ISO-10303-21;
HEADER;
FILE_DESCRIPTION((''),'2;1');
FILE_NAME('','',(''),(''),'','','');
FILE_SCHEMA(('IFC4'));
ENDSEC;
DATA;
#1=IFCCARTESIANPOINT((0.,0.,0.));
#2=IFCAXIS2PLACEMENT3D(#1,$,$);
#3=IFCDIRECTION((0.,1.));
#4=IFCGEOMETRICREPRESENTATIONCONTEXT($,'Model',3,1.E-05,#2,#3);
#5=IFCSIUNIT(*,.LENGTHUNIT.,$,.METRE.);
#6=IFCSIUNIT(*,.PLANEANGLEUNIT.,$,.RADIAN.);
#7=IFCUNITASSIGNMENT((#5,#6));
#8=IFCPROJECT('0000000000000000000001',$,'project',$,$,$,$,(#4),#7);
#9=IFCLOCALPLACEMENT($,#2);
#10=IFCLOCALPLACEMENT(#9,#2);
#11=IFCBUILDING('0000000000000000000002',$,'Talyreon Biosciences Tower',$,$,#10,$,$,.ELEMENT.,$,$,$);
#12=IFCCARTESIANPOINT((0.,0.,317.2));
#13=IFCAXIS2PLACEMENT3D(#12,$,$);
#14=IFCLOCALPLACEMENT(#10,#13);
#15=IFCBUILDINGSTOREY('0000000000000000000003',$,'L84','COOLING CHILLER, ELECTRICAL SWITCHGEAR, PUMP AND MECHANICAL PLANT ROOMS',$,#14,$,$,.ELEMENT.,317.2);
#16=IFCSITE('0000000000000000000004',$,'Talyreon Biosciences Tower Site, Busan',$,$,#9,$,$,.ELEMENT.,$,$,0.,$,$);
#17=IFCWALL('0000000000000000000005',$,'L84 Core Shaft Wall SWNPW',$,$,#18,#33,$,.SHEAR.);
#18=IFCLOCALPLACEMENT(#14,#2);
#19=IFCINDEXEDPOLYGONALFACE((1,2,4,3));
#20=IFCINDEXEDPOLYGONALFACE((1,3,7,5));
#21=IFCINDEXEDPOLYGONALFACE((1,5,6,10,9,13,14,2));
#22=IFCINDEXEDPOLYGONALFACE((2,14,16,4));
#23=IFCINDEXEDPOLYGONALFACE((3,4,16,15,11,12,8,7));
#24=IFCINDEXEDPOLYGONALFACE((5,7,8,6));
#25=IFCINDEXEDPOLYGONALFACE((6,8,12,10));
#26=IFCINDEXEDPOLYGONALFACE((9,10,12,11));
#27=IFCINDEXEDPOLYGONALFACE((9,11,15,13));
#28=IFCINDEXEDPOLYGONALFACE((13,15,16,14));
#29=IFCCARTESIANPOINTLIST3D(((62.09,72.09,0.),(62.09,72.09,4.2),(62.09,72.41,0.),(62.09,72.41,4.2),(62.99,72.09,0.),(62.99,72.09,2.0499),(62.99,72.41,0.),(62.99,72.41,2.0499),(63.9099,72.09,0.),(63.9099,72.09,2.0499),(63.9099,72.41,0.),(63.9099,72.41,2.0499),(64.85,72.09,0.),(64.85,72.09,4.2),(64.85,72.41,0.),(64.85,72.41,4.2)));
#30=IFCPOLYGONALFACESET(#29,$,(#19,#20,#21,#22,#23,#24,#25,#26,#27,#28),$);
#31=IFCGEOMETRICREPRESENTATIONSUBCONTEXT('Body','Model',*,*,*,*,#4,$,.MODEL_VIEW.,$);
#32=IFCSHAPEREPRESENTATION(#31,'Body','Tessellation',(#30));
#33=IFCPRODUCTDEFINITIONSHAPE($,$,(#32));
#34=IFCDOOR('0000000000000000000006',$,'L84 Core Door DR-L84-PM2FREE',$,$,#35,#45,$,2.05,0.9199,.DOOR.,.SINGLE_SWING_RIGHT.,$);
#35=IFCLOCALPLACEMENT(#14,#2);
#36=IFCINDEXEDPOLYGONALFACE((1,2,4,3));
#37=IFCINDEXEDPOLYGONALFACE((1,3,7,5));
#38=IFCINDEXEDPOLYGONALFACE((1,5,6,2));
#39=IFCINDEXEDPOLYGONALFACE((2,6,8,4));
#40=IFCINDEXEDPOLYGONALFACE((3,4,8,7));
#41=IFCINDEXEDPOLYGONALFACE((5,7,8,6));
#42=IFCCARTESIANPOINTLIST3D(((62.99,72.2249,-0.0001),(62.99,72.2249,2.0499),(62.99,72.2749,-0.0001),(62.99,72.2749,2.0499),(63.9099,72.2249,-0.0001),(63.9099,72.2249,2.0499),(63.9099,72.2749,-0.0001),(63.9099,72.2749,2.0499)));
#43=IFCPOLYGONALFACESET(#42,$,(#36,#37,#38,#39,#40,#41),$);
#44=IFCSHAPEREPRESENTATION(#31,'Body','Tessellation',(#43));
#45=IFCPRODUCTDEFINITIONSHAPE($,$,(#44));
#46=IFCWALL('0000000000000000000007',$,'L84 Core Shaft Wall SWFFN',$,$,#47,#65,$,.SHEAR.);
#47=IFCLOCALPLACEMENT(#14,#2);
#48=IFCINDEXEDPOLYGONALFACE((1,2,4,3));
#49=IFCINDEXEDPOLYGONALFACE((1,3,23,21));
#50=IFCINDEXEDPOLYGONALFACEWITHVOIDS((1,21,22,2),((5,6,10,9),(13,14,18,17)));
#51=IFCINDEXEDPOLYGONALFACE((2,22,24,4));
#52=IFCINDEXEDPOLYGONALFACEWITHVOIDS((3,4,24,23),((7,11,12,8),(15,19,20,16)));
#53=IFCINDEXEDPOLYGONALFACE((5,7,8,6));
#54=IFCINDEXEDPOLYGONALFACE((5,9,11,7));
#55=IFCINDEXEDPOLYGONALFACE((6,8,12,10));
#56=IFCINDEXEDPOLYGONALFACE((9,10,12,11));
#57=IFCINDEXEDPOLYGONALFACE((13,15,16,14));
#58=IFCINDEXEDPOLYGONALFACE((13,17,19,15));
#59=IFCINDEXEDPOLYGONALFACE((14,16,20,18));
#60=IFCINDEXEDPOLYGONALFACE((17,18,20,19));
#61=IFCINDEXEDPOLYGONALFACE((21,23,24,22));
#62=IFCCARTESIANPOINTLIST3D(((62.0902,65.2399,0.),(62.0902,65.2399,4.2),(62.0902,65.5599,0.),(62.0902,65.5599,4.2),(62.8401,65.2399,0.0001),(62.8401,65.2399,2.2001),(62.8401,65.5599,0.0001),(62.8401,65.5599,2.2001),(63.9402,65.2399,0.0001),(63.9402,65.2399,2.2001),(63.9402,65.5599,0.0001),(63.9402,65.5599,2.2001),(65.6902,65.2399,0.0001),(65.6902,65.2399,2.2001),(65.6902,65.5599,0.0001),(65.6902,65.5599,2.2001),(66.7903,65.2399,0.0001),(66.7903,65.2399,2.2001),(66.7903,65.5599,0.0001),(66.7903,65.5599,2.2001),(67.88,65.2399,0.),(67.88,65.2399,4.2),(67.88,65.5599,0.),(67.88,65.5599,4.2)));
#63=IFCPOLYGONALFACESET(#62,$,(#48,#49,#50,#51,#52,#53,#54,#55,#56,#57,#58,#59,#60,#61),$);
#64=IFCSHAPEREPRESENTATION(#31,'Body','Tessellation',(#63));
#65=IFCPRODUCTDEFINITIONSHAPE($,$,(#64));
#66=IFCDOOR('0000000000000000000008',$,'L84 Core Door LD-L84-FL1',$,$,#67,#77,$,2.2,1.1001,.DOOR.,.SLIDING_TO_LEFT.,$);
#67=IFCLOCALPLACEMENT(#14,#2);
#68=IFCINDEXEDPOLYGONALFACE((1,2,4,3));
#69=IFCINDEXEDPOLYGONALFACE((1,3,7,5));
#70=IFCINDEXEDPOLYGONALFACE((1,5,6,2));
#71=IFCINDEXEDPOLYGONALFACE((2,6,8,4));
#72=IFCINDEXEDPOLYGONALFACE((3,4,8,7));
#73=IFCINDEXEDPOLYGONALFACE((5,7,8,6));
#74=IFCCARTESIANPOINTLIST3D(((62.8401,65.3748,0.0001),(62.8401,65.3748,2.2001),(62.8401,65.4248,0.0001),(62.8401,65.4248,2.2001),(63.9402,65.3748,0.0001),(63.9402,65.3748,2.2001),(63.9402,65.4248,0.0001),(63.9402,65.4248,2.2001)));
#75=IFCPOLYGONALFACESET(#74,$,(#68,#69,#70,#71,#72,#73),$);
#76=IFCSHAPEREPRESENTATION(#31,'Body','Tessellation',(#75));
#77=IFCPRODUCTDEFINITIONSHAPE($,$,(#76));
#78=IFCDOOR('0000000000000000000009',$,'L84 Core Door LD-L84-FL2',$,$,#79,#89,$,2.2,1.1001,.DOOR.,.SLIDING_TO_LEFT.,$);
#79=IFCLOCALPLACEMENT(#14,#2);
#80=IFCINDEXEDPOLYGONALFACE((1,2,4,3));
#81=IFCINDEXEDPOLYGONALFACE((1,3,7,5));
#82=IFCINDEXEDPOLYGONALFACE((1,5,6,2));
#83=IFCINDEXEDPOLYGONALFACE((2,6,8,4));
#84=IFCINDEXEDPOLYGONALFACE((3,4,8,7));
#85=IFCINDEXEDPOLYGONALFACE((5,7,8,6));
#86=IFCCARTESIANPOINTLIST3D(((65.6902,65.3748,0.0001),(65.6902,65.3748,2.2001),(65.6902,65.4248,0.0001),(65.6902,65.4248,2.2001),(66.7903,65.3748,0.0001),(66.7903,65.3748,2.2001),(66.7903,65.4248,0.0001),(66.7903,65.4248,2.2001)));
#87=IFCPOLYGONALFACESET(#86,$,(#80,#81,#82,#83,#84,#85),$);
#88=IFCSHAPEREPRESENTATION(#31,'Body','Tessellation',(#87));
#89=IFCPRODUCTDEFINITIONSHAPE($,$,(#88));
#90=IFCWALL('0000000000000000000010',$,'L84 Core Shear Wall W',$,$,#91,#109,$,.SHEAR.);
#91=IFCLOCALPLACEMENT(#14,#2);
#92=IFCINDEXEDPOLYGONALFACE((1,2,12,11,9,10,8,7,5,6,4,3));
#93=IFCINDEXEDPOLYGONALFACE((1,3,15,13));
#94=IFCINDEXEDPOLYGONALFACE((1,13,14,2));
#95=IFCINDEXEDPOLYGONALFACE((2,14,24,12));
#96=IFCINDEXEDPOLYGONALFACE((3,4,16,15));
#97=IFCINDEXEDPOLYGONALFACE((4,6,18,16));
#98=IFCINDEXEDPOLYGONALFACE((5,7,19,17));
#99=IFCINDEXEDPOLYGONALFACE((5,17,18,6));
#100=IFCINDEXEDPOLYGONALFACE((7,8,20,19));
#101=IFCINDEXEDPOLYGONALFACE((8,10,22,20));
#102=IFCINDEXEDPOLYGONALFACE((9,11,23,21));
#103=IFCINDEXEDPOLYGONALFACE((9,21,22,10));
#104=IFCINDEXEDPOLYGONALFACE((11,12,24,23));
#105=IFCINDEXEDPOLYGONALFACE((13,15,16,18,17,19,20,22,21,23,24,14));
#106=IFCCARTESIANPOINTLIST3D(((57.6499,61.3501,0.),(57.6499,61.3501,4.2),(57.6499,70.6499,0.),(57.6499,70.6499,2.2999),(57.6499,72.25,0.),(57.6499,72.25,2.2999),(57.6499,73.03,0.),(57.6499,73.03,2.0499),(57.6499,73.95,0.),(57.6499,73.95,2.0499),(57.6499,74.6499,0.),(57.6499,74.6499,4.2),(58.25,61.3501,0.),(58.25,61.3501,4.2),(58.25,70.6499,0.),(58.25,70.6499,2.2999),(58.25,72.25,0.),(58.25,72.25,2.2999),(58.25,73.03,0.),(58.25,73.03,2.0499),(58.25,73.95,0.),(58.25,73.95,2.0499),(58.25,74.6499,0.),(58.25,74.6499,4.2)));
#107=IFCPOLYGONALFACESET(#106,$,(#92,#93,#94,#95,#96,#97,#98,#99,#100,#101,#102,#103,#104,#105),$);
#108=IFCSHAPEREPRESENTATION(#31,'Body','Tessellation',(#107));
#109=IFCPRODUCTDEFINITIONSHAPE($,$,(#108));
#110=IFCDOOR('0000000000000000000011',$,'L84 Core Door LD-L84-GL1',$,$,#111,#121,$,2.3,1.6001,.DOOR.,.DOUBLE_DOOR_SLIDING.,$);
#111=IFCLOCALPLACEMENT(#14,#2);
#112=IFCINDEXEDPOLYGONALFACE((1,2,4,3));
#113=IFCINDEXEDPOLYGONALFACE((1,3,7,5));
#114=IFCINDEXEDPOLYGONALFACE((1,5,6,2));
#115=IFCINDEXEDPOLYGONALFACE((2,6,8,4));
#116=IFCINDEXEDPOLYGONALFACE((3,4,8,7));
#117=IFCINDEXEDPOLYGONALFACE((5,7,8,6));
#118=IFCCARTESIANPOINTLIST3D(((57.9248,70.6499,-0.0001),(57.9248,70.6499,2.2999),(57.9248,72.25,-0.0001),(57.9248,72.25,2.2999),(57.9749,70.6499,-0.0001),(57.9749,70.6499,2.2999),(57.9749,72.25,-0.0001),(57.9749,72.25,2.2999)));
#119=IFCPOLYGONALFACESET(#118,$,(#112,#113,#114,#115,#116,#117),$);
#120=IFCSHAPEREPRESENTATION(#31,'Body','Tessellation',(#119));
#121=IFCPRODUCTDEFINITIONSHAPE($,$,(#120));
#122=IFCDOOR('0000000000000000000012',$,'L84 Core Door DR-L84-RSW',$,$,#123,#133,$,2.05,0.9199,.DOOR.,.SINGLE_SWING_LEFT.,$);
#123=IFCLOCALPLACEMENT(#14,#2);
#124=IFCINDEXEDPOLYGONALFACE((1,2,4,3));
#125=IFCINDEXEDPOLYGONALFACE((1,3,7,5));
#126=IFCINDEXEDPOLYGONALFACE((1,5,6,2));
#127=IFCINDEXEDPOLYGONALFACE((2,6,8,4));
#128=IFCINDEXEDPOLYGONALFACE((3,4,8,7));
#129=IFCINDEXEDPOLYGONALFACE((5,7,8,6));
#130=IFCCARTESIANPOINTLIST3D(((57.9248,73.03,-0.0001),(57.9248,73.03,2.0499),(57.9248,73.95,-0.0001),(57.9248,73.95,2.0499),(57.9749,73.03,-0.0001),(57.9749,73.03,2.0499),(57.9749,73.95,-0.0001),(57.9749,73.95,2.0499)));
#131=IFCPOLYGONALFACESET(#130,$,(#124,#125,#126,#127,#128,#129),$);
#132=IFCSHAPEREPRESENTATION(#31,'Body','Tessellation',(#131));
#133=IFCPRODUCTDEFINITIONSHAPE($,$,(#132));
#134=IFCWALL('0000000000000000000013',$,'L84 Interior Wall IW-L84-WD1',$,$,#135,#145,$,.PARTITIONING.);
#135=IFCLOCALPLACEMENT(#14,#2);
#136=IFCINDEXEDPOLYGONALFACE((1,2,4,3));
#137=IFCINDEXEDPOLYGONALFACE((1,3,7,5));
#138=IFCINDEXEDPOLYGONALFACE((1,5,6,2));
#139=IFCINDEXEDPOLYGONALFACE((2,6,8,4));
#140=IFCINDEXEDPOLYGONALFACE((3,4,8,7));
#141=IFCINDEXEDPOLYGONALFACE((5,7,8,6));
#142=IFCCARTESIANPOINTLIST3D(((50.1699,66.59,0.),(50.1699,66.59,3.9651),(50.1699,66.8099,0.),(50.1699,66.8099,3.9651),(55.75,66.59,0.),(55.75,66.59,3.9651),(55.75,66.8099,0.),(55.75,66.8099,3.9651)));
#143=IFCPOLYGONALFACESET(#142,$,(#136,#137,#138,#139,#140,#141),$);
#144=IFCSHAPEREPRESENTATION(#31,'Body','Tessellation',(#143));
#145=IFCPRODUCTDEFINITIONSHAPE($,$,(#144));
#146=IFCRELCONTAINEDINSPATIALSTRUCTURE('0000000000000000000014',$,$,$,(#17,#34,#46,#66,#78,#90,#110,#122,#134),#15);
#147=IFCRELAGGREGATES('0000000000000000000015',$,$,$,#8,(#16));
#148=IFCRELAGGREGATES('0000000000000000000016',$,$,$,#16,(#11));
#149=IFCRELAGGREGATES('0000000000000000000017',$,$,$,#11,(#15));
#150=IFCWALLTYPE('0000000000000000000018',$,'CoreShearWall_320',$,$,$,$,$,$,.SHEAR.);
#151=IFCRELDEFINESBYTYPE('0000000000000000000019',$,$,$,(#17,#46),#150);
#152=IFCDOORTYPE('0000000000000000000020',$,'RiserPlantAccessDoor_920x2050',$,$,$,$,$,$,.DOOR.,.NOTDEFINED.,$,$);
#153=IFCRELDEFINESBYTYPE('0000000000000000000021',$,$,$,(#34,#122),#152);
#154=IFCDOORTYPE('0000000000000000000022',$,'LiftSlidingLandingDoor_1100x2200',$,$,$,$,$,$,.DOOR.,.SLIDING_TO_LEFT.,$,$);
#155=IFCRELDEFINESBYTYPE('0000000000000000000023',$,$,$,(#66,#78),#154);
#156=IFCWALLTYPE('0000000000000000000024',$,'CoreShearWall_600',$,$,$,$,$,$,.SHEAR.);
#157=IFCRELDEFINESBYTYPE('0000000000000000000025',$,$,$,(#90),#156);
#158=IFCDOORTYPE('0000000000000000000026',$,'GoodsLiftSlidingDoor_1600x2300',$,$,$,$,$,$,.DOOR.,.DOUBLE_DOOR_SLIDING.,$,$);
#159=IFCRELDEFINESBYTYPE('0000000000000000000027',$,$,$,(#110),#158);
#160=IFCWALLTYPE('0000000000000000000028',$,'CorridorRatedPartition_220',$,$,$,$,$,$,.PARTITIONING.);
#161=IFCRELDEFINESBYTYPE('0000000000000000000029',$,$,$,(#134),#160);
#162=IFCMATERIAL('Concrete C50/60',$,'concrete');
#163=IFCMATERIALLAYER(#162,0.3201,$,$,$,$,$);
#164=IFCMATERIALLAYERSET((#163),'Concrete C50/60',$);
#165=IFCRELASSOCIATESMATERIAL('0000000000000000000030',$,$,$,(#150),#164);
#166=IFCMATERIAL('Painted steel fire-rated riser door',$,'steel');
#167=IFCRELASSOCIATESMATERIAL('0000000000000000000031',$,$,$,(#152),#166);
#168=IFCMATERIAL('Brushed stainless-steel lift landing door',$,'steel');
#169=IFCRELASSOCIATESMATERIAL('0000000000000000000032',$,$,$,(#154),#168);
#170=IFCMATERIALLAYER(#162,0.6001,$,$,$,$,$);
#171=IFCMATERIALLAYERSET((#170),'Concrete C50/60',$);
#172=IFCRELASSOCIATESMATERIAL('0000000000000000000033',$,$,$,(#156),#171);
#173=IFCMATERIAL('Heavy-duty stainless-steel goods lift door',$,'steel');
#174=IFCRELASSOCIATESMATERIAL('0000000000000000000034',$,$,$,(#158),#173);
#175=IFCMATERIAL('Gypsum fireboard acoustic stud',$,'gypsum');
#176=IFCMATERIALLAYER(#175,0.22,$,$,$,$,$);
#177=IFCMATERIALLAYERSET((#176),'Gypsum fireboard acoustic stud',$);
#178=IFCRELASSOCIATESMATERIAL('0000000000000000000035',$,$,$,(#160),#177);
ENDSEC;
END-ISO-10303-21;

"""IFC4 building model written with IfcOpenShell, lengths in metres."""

from ifc_helpers import new_model, si_unit, direction, frame, frame_2d, origin, place, context, subcontext, project, spatial, rectangle, extrude, material, layer, layer_set, type_object, element, fill, save


model = new_model("IFC4")

# Units and contexts
model_context = context("Model", 3, precision=1e-05, world=origin(), true_north=direction((0.0, 1.0)))
body_context = subcontext(model_context, "Body", "Model", "MODEL_VIEW")
ifc_project = project(units=[si_unit("LENGTHUNIT", "METRE"), si_unit("PLANEANGLEUNIT", "RADIAN")], contexts=[model_context])

# Site, building, storey
site_placement = place(None, origin())
site = spatial("IfcSite", under=ifc_project, at=site_placement, Name="Talyreon Biosciences Tower Site, Busan", CompositionType="ELEMENT", RefElevation=0.0)
building_placement = place(site_placement, origin())
building = spatial("IfcBuilding", under=site, at=building_placement, Name="Talyreon Biosciences Tower", CompositionType="ELEMENT")
storey_placement = place(building_placement, frame((0.0, 0.0, 317.2)))
storey = spatial("IfcBuildingStorey", under=building, at=storey_placement, Name="L84", Description="COOLING CHILLER, ELECTRICAL SWITCHGEAR, PUMP AND MECHANICAL PLANT ROOMS", CompositionType="ELEMENT", Elevation=317.2)

# Shared definitions
ifc_material_1 = material(Name="Concrete C50/60", Category="concrete")

# Shared definitions
ifc_layer_1 = layer(ifc_material_1, 0.3201)
ifc_layer_set_1 = layer_set([ifc_layer_1], Name="Concrete C50/60")
wall_type_1 = type_object("IfcWallType", Name="CoreShearWall_320", PredefinedType="SHEAR", material=ifc_layer_set_1)

# Wall, opening, door
wall_1_placement = place(storey_placement, frame((62.0901, 72.25, 0.0), z_axis=(0.0, 0.0, 1.0), x_axis=(1.0, 0.0, 0.0)))
wall_1 = element("IfcWall", 1, at=wall_1_placement, inside=storey, type_object=wall_type_1, Name="L84 Core Shaft Wall SWNPW", PredefinedType="SHEAR", context=body_context, shape_type="SweptSolid", body=[
    extrude(rectangle(XDim=2.76, YDim=0.3201, at=frame_2d((1.3799, 0.0))), origin(), (0.0, 0.0, 1.0), 4.2),
])
opening_1_placement = place(wall_1_placement, frame((0.8999, 0.0, 0.0)))
opening_1 = element("IfcOpeningElement", 2, at=opening_1_placement, cuts=wall_1, PredefinedType="OPENING", context=body_context, shape_type="SweptSolid", body=[
    extrude(rectangle(XDim=0.9199, YDim=2.05, at=frame_2d((0.46, 1.0249))), frame((0.0, 0.1699, 0.0), z_axis=(0.0, -1.0, 0.0), x_axis=(1.0, 0.0, 0.0)), (0.0, 0.0, 1.0), 0.3401),
])
ifc_material_2 = material(Name="Painted steel fire-rated riser door", Category="steel")
door_type_1 = type_object("IfcDoorType", Name="RiserPlantAccessDoor_920x2050", OperationType="NOTDEFINED", PredefinedType="DOOR", material=ifc_material_2)
door_1_placement = place(opening_1_placement, origin())
door_1 = element("IfcDoor", 3, at=door_1_placement, inside=storey, type_object=door_type_1, Name="L84 Core Door DR-L84-PM2FREE", OperationType="SINGLE_SWING_RIGHT", OverallHeight=2.05, OverallWidth=0.9199, PredefinedType="DOOR", context=body_context, shape_type="SweptSolid", body=[
    extrude(rectangle(XDim=0.9199, YDim=2.05, at=frame_2d((0.46, 1.0249))), frame((0.0, 0.0249, 0.0), z_axis=(0.0, -1.0, 0.0), x_axis=(1.0, 0.0, 0.0)), (0.0, 0.0, 1.0), 0.05),
])
fill(opening_1, door_1)

# Walls, openings, doors
wall_2_placement = place(storey_placement, frame((62.0901, 65.3999, 0.0), z_axis=(0.0, 0.0, 1.0), x_axis=(1.0, 0.0, 0.0)))
wall_2 = element("IfcWall", 4, at=wall_2_placement, inside=storey, type_object=wall_type_1, Name="L84 Core Shaft Wall SWFFN", PredefinedType="SHEAR", context=body_context, shape_type="SweptSolid", body=[
    extrude(rectangle(XDim=5.7898, YDim=0.3201, at=frame_2d((2.895, 0.0))), origin(), (0.0, 0.0, 1.0), 4.2),
])
opening_2_placement = place(wall_2_placement, frame((0.75, 0.0, 0.0)))
opening_2 = element("IfcOpeningElement", 5, at=opening_2_placement, cuts=wall_2, PredefinedType="OPENING", context=body_context, shape_type="SweptSolid", body=[
    extrude(rectangle(XDim=1.1001, YDim=2.2, at=frame_2d((0.55, 1.1001))), frame((0.0, 0.1699, 0.0), z_axis=(0.0, -1.0, 0.0), x_axis=(1.0, 0.0, 0.0)), (0.0, 0.0, 1.0), 0.3401),
])
opening_3_placement = place(wall_2_placement, frame((3.6001, 0.0, 0.0)))
opening_3 = element("IfcOpeningElement", 6, at=opening_3_placement, cuts=wall_2, PredefinedType="OPENING", context=body_context, shape_type="SweptSolid", body=[
    extrude(rectangle(XDim=1.1001, YDim=2.2, at=frame_2d((0.55, 1.1001))), frame((0.0, 0.1699, 0.0), z_axis=(0.0, -1.0, 0.0), x_axis=(1.0, 0.0, 0.0)), (0.0, 0.0, 1.0), 0.3401),
])
ifc_material_3 = material(Name="Brushed stainless-steel lift landing door", Category="steel")
door_type_2 = type_object("IfcDoorType", Name="LiftSlidingLandingDoor_1100x2200", OperationType="SLIDING_TO_LEFT", PredefinedType="DOOR", material=ifc_material_3)
door_2_placement = place(opening_2_placement, origin())
door_2 = element("IfcDoor", 7, at=door_2_placement, inside=storey, type_object=door_type_2, Name="L84 Core Door LD-L84-FL1", OperationType="SLIDING_TO_LEFT", OverallHeight=2.2, OverallWidth=1.1001, PredefinedType="DOOR", context=body_context, shape_type="SweptSolid", body=[
    extrude(rectangle(XDim=1.1001, YDim=2.2, at=frame_2d((0.55, 1.1001))), frame((0.0, 0.0249, 0.0), z_axis=(0.0, -1.0, 0.0), x_axis=(1.0, 0.0, 0.0)), (0.0, 0.0, 1.0), 0.05),
])
fill(opening_2, door_2)
door_3_placement = place(opening_3_placement, origin())
door_3 = element("IfcDoor", 8, at=door_3_placement, inside=storey, type_object=door_type_2, Name="L84 Core Door LD-L84-FL2", OperationType="SLIDING_TO_LEFT", OverallHeight=2.2, OverallWidth=1.1001, PredefinedType="DOOR", context=body_context, shape_type="SweptSolid", body=[
    extrude(rectangle(XDim=1.1001, YDim=2.2, at=frame_2d((0.55, 1.1001))), frame((0.0, 0.0249, 0.0), z_axis=(0.0, -1.0, 0.0), x_axis=(1.0, 0.0, 0.0)), (0.0, 0.0, 1.0), 0.05),
])
fill(opening_3, door_3)
ifc_layer_2 = layer(ifc_material_1, 0.6001)
ifc_layer_set_2 = layer_set([ifc_layer_2], Name="Concrete C50/60")
wall_type_2 = type_object("IfcWallType", Name="CoreShearWall_600", PredefinedType="SHEAR", material=ifc_layer_set_2)
wall_3_placement = place(storey_placement, frame((57.95, 74.6499, 0.0), z_axis=(0.0, 0.0, 1.0), x_axis=(0.0, -1.0, 0.0)))
wall_3 = element("IfcWall", 9, at=wall_3_placement, inside=storey, type_object=wall_type_2, Name="L84 Core Shear Wall W", PredefinedType="SHEAR", context=body_context, shape_type="SweptSolid", body=[
    extrude(rectangle(XDim=13.2998, YDim=0.6001, at=frame_2d((6.6499, 0.0))), origin(), (0.0, 0.0, 1.0), 4.2),
])
opening_4_placement = place(wall_3_placement, frame((0.7, 0.0, 0.0)))
opening_4 = element("IfcOpeningElement", 10, at=opening_4_placement, cuts=wall_3, PredefinedType="OPENING", context=body_context, shape_type="SweptSolid", body=[
    extrude(rectangle(XDim=0.9199, YDim=2.05, at=frame_2d((0.46, 1.0249))), frame((0.0, 0.3101, 0.0), z_axis=(0.0, -1.0, 0.0), x_axis=(1.0, 0.0, 0.0)), (0.0, 0.0, 1.0), 0.6201),
])
opening_5_placement = place(wall_3_placement, frame((2.3999, 0.0, 0.0)))
opening_5 = element("IfcOpeningElement", 11, at=opening_5_placement, cuts=wall_3, PredefinedType="OPENING", context=body_context, shape_type="SweptSolid", body=[
    extrude(rectangle(XDim=1.6001, YDim=2.3, at=frame_2d((0.8, 1.1499))), frame((0.0, 0.3101, 0.0), z_axis=(0.0, -1.0, 0.0), x_axis=(1.0, 0.0, 0.0)), (0.0, 0.0, 1.0), 0.6201),
])
ifc_material_4 = material(Name="Heavy-duty stainless-steel goods lift door", Category="steel")
door_type_3 = type_object("IfcDoorType", Name="GoodsLiftSlidingDoor_1600x2300", OperationType="DOUBLE_DOOR_SLIDING", PredefinedType="DOOR", material=ifc_material_4)
door_4_placement = place(opening_5_placement, origin())
door_4 = element("IfcDoor", 12, at=door_4_placement, inside=storey, type_object=door_type_3, Name="L84 Core Door LD-L84-GL1", OperationType="DOUBLE_DOOR_SLIDING", OverallHeight=2.3, OverallWidth=1.6001, PredefinedType="DOOR", context=body_context, shape_type="SweptSolid", body=[
    extrude(rectangle(XDim=1.6001, YDim=2.3, at=frame_2d((0.8, 1.1499))), frame((0.0, 0.0249, 0.0), z_axis=(0.0, -1.0, 0.0), x_axis=(1.0, 0.0, 0.0)), (0.0, 0.0, 1.0), 0.05),
])
fill(opening_5, door_4)
door_5_placement = place(opening_4_placement, origin())
door_5 = element("IfcDoor", 13, at=door_5_placement, inside=storey, type_object=door_type_1, Name="L84 Core Door DR-L84-RSW", OperationType="SINGLE_SWING_LEFT", OverallHeight=2.05, OverallWidth=0.9199, PredefinedType="DOOR", context=body_context, shape_type="SweptSolid", body=[
    extrude(rectangle(XDim=0.9199, YDim=2.05, at=frame_2d((0.46, 1.0249))), frame((0.0, 0.0249, 0.0), z_axis=(0.0, -1.0, 0.0), x_axis=(1.0, 0.0, 0.0)), (0.0, 0.0, 1.0), 0.05),
])
fill(opening_4, door_5)

# Wall
ifc_material_5 = material(Name="Gypsum fireboard acoustic stud", Category="gypsum")
ifc_layer_3 = layer(ifc_material_5, 0.22)
ifc_layer_set_3 = layer_set([ifc_layer_3], Name="Gypsum fireboard acoustic stud")
wall_type_3 = type_object("IfcWallType", Name="CorridorRatedPartition_220", PredefinedType="PARTITIONING", material=ifc_layer_set_3)
wall_4_placement = place(storey_placement, frame((50.1699, 66.7, 0.0), z_axis=(0.0, 0.0, 1.0), x_axis=(1.0, 0.0, 0.0)))
element("IfcWall", 14, at=wall_4_placement, inside=storey, type_object=wall_type_3, Name="L84 Interior Wall IW-L84-WD1", PredefinedType="PARTITIONING", context=body_context, shape_type="SweptSolid", body=[
    extrude(rectangle(XDim=5.5801, YDim=0.22, at=frame_2d((2.79, 0.0))), origin(), (0.0, 0.0, 1.0), 3.9651),
])

save(model, "model.ifc")
